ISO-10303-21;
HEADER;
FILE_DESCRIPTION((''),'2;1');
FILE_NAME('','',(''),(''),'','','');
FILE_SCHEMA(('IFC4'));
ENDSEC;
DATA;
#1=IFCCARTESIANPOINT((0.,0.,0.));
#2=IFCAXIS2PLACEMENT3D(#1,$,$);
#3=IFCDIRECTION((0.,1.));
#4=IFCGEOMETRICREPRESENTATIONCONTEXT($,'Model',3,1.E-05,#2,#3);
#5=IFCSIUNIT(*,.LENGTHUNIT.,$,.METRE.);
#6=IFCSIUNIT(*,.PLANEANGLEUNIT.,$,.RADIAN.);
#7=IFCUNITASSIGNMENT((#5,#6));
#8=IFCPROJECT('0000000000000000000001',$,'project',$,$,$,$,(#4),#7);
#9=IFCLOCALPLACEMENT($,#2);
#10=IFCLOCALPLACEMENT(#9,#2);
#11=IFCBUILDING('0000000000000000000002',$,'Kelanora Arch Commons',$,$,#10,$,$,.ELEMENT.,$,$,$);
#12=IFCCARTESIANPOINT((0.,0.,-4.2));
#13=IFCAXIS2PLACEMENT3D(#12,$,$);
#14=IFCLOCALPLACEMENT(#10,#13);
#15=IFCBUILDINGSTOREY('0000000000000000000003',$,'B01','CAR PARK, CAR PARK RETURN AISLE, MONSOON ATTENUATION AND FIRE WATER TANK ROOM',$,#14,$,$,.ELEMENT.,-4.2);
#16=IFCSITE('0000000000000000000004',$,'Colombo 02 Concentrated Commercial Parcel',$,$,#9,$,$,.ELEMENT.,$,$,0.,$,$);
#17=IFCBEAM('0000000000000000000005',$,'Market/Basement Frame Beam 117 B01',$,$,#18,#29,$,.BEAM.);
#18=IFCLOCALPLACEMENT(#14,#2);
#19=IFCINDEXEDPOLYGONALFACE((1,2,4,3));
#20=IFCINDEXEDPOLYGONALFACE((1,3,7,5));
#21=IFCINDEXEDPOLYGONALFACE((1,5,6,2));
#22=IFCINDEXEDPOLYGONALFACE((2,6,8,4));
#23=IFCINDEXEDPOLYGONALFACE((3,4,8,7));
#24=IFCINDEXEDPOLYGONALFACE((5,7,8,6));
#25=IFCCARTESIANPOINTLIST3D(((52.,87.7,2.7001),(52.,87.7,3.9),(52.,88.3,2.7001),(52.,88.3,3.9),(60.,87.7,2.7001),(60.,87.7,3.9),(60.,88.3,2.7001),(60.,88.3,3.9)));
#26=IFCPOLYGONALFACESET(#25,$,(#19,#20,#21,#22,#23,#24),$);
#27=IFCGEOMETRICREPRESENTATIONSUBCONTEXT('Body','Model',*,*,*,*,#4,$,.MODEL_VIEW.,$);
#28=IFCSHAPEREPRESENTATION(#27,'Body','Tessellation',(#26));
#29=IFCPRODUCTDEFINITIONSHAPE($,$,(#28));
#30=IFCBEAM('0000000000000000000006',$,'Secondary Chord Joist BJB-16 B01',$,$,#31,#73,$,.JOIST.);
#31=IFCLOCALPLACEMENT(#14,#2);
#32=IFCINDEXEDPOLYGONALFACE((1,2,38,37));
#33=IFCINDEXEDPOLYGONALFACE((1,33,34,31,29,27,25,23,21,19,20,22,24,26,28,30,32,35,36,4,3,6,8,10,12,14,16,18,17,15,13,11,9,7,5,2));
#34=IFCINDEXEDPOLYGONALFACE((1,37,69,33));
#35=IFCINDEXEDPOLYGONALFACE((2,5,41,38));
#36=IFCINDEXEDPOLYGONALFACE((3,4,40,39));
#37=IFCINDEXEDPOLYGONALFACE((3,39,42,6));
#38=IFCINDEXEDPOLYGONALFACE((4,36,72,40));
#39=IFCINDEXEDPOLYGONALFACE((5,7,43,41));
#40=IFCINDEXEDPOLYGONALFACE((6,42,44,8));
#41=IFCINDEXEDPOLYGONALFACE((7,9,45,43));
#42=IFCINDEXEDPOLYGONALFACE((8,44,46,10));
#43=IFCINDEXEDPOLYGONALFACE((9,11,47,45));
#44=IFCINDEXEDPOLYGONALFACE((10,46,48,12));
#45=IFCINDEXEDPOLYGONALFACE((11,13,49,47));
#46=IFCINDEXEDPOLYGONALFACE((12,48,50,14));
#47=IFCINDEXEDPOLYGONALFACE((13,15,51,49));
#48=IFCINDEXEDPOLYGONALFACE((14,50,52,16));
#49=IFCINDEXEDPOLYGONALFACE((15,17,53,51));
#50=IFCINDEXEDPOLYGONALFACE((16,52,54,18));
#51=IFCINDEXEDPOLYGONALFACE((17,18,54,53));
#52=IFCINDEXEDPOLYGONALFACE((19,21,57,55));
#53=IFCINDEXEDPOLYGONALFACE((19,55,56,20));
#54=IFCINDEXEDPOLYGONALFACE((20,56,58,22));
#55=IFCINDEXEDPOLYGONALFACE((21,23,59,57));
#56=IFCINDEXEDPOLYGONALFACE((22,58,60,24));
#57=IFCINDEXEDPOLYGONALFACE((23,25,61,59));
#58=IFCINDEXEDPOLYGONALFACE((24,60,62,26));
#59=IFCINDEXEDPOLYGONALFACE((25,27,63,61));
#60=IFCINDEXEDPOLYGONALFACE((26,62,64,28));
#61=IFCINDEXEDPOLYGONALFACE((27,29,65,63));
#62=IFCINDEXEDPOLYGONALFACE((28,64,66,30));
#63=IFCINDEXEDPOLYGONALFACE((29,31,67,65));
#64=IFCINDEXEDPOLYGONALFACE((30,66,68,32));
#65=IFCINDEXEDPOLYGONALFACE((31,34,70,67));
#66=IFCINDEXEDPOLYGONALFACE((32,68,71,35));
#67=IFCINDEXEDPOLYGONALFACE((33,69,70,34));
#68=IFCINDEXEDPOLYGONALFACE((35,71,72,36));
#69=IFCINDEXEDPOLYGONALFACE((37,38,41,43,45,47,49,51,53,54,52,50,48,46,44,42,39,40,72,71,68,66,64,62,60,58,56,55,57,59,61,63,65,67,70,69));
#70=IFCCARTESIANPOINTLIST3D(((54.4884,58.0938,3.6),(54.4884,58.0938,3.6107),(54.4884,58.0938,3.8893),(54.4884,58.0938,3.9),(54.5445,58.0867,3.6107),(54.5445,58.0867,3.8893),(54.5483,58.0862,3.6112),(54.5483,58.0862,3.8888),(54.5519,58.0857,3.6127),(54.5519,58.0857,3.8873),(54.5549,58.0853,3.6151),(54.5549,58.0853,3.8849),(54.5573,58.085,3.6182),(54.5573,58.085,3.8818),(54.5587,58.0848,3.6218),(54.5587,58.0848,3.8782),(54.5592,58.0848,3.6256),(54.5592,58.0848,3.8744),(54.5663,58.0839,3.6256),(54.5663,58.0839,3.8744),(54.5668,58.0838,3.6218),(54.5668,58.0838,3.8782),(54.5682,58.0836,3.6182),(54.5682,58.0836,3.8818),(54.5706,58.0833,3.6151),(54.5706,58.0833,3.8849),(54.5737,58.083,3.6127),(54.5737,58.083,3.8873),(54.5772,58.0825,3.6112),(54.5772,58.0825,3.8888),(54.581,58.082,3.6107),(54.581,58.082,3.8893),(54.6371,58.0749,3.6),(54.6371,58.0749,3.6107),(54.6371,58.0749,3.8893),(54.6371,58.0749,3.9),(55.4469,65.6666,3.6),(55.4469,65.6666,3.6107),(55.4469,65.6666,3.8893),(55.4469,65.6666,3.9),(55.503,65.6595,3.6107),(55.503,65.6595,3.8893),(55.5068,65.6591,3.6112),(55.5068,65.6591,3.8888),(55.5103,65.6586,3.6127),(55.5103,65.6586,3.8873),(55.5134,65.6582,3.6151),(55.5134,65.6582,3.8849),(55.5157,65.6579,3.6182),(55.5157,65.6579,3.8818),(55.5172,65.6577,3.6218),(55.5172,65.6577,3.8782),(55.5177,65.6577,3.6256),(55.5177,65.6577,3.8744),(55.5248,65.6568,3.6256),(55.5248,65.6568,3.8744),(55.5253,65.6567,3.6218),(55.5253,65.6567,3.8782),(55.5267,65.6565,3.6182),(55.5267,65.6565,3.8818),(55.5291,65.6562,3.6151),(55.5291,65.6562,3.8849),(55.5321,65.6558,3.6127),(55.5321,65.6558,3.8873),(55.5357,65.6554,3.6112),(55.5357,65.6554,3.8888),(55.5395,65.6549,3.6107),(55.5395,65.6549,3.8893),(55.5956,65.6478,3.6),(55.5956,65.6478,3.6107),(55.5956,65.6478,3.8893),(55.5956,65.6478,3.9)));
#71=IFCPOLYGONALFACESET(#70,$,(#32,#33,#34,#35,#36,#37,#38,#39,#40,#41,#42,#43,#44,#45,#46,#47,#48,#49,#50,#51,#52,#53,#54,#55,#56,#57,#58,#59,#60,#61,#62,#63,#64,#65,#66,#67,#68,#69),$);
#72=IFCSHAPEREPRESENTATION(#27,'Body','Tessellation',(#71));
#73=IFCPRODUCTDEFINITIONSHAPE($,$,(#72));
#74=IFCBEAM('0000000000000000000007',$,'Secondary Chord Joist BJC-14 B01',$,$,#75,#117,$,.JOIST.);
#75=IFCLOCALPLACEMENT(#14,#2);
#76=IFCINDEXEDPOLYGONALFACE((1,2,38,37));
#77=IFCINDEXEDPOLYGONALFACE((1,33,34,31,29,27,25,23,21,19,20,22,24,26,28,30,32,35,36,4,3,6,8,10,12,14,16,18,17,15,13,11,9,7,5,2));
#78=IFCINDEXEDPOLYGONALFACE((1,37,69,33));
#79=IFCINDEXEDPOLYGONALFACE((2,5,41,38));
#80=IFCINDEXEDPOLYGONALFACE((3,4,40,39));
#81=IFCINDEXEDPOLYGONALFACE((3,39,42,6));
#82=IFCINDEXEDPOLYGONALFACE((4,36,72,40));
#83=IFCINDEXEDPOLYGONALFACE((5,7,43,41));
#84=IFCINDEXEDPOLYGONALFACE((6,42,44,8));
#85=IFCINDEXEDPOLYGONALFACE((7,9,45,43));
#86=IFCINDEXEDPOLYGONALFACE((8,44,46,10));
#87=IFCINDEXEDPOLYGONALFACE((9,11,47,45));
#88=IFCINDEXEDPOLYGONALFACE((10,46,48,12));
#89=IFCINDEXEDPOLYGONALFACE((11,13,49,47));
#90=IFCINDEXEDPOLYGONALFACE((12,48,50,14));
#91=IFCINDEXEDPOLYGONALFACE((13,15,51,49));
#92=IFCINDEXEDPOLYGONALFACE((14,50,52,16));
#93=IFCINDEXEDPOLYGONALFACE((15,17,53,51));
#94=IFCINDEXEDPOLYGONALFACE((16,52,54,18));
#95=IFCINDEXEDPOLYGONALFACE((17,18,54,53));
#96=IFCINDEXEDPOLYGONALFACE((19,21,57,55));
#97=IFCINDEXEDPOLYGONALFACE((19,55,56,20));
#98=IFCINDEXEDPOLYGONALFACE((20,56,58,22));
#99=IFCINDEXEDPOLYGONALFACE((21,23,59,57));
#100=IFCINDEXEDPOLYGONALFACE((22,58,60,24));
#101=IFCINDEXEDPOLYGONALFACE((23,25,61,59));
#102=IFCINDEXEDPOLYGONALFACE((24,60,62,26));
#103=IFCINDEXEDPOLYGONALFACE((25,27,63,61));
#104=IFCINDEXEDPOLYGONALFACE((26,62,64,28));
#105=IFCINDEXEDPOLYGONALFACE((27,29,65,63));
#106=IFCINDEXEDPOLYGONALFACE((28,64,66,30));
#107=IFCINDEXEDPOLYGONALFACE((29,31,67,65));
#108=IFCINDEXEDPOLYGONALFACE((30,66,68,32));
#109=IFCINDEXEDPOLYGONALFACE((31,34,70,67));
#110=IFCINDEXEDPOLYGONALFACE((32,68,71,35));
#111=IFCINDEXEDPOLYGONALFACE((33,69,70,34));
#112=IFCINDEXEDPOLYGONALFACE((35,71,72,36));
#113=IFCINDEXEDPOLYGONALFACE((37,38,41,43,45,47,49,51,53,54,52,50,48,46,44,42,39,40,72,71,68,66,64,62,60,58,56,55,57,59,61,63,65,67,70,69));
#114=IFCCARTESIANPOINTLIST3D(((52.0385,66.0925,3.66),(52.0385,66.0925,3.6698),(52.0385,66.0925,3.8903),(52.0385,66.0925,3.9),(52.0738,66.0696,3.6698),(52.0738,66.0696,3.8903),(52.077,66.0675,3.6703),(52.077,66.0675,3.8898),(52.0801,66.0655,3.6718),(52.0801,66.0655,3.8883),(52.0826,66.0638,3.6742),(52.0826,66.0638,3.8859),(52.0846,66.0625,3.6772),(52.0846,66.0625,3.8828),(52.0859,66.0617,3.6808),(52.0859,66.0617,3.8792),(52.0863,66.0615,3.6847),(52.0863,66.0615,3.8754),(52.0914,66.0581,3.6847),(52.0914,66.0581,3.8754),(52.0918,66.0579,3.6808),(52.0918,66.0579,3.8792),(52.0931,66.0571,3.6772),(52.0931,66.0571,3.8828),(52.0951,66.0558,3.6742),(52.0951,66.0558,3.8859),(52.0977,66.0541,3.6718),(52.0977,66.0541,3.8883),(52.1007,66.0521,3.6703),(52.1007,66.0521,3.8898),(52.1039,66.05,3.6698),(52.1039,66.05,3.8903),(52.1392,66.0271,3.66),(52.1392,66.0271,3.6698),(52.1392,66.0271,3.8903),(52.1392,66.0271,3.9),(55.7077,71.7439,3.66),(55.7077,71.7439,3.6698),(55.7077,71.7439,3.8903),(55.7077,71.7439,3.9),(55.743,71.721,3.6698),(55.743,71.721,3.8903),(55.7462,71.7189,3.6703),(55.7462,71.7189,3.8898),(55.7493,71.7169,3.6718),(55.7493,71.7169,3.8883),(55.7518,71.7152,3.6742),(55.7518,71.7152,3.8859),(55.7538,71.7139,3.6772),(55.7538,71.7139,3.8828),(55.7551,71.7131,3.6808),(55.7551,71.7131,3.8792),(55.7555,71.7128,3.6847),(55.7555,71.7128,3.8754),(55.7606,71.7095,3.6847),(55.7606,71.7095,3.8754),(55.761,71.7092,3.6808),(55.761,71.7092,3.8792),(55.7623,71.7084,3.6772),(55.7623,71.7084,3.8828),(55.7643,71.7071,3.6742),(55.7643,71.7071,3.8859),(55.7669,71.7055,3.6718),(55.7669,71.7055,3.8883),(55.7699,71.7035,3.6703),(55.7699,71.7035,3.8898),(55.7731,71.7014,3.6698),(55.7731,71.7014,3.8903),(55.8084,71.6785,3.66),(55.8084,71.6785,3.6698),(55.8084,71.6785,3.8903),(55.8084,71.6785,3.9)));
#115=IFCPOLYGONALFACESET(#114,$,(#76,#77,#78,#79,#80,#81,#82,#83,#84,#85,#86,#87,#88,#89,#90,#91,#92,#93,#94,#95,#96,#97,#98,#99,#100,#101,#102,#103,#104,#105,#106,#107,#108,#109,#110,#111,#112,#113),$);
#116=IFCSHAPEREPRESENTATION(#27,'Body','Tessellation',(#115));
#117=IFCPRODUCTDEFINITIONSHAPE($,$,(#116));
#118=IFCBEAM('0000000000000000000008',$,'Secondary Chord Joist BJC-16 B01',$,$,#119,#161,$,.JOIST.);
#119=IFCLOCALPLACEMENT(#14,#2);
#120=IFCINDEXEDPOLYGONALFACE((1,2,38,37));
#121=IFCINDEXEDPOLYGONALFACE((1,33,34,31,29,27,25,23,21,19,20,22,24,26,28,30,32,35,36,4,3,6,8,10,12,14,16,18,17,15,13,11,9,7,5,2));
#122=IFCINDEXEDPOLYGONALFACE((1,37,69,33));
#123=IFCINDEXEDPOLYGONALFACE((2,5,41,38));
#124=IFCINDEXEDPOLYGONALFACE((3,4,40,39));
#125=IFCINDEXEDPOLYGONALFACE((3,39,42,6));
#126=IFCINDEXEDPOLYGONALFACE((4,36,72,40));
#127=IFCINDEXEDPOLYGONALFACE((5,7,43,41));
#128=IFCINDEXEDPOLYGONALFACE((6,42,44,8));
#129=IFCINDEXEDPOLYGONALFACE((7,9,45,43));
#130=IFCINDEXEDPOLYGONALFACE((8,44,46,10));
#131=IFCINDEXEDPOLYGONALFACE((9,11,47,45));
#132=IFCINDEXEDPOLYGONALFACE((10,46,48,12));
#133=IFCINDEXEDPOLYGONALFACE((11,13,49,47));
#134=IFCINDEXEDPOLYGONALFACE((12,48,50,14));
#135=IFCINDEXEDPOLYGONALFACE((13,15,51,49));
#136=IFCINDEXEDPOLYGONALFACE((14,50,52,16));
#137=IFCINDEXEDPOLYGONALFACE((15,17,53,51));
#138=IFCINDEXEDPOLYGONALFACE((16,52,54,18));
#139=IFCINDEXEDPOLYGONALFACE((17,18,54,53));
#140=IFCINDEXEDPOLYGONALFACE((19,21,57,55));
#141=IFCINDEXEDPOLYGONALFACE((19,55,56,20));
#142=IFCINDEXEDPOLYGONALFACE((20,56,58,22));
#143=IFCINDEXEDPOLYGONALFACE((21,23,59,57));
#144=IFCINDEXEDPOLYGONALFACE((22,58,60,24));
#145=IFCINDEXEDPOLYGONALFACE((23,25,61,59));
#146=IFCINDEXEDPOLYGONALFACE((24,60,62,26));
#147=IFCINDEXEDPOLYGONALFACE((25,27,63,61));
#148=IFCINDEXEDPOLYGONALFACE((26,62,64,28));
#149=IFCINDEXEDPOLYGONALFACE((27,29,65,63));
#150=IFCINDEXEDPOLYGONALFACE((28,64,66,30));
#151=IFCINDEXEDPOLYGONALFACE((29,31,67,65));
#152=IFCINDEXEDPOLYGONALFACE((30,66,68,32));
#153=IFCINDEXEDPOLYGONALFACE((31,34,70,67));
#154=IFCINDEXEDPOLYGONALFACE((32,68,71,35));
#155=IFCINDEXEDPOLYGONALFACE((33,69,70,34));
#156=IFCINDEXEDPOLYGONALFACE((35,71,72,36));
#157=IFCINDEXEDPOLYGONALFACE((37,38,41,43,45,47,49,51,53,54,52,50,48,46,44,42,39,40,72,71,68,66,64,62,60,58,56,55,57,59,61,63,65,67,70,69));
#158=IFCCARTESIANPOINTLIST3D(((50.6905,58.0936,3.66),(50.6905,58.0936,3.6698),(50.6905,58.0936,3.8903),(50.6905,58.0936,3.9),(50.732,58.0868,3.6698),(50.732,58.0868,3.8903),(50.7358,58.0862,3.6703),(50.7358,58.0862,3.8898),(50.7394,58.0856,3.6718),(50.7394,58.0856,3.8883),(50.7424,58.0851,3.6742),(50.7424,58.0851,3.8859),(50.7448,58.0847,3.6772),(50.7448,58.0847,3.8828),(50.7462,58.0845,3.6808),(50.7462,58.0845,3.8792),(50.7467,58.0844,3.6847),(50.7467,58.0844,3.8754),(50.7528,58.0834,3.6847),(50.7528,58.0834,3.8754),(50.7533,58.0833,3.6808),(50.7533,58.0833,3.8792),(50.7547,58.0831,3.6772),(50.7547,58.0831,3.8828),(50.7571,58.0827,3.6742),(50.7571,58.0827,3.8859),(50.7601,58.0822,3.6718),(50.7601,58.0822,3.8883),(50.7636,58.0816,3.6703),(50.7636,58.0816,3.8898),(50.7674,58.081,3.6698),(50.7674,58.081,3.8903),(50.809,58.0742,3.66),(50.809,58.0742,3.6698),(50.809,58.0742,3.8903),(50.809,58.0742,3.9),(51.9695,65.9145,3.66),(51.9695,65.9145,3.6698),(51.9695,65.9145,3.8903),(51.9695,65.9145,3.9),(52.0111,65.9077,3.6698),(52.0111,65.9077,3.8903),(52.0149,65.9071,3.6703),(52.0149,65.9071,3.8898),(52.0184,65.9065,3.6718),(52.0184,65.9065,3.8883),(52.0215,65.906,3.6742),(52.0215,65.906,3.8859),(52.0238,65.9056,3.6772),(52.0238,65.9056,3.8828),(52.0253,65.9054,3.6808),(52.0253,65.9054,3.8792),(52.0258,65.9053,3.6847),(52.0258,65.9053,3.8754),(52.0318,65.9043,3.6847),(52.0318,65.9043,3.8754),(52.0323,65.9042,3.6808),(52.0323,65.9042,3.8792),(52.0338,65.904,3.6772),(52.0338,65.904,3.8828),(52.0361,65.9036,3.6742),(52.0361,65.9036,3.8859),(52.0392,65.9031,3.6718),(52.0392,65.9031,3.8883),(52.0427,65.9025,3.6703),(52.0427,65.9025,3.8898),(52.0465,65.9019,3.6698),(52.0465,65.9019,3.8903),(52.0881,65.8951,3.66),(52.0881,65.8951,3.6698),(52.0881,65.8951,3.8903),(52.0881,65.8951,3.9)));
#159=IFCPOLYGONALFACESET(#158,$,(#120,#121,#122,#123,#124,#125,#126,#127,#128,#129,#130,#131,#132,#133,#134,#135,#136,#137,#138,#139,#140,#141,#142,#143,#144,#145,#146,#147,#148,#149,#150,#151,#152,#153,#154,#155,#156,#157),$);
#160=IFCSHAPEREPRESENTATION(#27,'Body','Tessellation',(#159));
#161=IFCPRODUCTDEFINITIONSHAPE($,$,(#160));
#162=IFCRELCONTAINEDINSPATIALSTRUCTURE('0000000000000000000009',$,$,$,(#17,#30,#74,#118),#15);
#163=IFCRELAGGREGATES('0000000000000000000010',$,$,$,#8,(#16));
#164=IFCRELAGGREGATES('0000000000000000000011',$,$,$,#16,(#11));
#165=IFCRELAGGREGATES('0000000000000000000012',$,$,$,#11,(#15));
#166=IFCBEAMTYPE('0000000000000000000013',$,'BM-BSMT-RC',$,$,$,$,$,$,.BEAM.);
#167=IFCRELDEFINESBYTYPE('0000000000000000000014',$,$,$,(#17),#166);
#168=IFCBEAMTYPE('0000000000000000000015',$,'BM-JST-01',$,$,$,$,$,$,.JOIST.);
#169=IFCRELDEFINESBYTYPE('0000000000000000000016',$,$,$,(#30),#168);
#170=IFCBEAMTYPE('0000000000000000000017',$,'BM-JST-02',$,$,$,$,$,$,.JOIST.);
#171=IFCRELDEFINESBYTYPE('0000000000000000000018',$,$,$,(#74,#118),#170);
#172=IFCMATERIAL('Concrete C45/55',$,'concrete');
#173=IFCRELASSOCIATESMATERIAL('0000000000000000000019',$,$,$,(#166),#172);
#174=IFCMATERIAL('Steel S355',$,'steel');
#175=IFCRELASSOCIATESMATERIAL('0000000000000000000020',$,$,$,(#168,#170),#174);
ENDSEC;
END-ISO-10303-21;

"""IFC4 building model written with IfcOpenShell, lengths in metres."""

from ifc_helpers import new_model, si_unit, direction, frame, origin, origin_2d, place, context, subcontext, project, spatial, rectangle, i_section, extrude, material, material_profile, profile_set, type_object, element, save


model = new_model("IFC4")

# Units and contexts
model_context = context("Model", 3, precision=1e-05, world=origin(), true_north=direction((0.0, 1.0)))
body_context = subcontext(model_context, "Body", "Model", "MODEL_VIEW")
ifc_project = project(units=[si_unit("LENGTHUNIT", "METRE"), si_unit("PLANEANGLEUNIT", "RADIAN")], contexts=[model_context])

# Site, building, storey
site_placement = place(None, origin())
site = spatial("IfcSite", under=ifc_project, at=site_placement, Name="Colombo 02 Concentrated Commercial Parcel", CompositionType="ELEMENT", RefElevation=0.0)
building_placement = place(site_placement, origin())
building = spatial("IfcBuilding", under=site, at=building_placement, Name="Kelanora Arch Commons", CompositionType="ELEMENT")
storey_placement = place(building_placement, frame((0.0, 0.0, -4.2)))
storey = spatial("IfcBuildingStorey", under=building, at=storey_placement, Name="B01", Description="CAR PARK, CAR PARK RETURN AISLE, MONSOON ATTENUATION AND FIRE WATER TANK ROOM", CompositionType="ELEMENT", Elevation=-4.2)

# Shared definitions
ifc_material_1 = material(Name="Steel S355", Category="steel")

# Beams
ifc_material_2 = material(Name="Concrete C45/55", Category="concrete")
ifc_material_profile_1 = material_profile(ifc_material_2, rectangle(XDim=0.6001, YDim=1.2, at=origin_2d()), Name="RCB600x1200")
ifc_profile_set_1 = profile_set([ifc_material_profile_1], Name="Concrete C45/55")
beam_type_1 = type_object("IfcBeamType", Name="BM-BSMT-RC", PredefinedType="BEAM", material=ifc_profile_set_1)
for number, where, z_axis, x_axis, name in (
    (1, (52.0, 88.0, 3.3), (1.0, 0.0, 0.0), (0.0, 1.0, 0.0), "Market/Basement Frame Beam 117 B01"),
):
    element("IfcBeam", number, at=place(storey_placement, frame(where, z_axis=z_axis, x_axis=x_axis)), inside=storey, type_object=beam_type_1, Name=name, PredefinedType="BEAM", context=body_context, shape_type="SweptSolid", body=[
        extrude(rectangle(XDim=0.6001, YDim=1.2, at=origin_2d()), origin(), (0.0, 0.0, 1.0), 8.0),
    ])
ifc_material_profile_2 = material_profile(ifc_material_1, i_section(OverallWidth=0.1499, OverallDepth=0.3, WebThickness=0.0071, FlangeThickness=0.0107, FilletRadius=0.0149, at=origin_2d()), Name="IPE300")
ifc_profile_set_2 = profile_set([ifc_material_profile_2], Name="Steel S355")
beam_type_2 = type_object("IfcBeamType", Name="BM-JST-01", PredefinedType="JOIST", material=ifc_profile_set_2)
beam_1_placement = place(storey_placement, frame((55.5212, 65.6572, 3.75), z_axis=(-0.125566, -0.992085, 0.0), x_axis=(0.992085, -0.125566, 0.0)))
element("IfcBeam", 2, at=beam_1_placement, inside=storey, type_object=beam_type_2, Name="Secondary Chord Joist BJB-16 B01", PredefinedType="JOIST", context=body_context, shape_type="SweptSolid", body=[
    extrude(i_section(OverallWidth=0.1499, OverallDepth=0.3, WebThickness=0.0071, FlangeThickness=0.0107, FilletRadius=0.0149, at=origin_2d()), origin(), (0.0, 0.0, 1.0), 7.6333),
])
ifc_material_profile_3 = material_profile(ifc_material_1, i_section(OverallWidth=0.1201, OverallDepth=0.24, WebThickness=0.0061, FlangeThickness=0.0098, FilletRadius=0.0149, at=origin_2d()), Name="IPE240")
ifc_profile_set_3 = profile_set([ifc_material_profile_3], Name="Steel S355")
beam_type_3 = type_object("IfcBeamType", Name="BM-JST-02", PredefinedType="JOIST", material=ifc_profile_set_3)
beam_2_placement = place(storey_placement, frame((55.7581, 71.7112, 3.78), z_axis=(-0.54455, -0.838728, 0.0), x_axis=(0.838728, -0.54455, 0.0)))
element("IfcBeam", 3, at=beam_2_placement, inside=storey, type_object=beam_type_3, Name="Secondary Chord Joist BJC-14 B01", PredefinedType="JOIST", context=body_context, shape_type="SweptSolid", body=[
    extrude(i_section(OverallWidth=0.1201, OverallDepth=0.24, WebThickness=0.0061, FlangeThickness=0.0098, FilletRadius=0.0149, at=origin_2d()), origin(), (0.0, 0.0, 1.0), 6.738),
])
beam_3_placement = place(storey_placement, frame((52.0288, 65.9048, 3.78), z_axis=(-0.161401, -0.986889, 0.0), x_axis=(0.986889, -0.161401, 0.0)))
element("IfcBeam", 4, at=beam_3_placement, inside=storey, type_object=beam_type_3, Name="Secondary Chord Joist BJC-16 B01", PredefinedType="JOIST", context=body_context, shape_type="SweptSolid", body=[
    extrude(i_section(OverallWidth=0.1201, OverallDepth=0.24, WebThickness=0.0061, FlangeThickness=0.0098, FilletRadius=0.0149, at=origin_2d()), origin(), (0.0, 0.0, 1.0), 7.9248),
])

save(model, "model.ifc")
